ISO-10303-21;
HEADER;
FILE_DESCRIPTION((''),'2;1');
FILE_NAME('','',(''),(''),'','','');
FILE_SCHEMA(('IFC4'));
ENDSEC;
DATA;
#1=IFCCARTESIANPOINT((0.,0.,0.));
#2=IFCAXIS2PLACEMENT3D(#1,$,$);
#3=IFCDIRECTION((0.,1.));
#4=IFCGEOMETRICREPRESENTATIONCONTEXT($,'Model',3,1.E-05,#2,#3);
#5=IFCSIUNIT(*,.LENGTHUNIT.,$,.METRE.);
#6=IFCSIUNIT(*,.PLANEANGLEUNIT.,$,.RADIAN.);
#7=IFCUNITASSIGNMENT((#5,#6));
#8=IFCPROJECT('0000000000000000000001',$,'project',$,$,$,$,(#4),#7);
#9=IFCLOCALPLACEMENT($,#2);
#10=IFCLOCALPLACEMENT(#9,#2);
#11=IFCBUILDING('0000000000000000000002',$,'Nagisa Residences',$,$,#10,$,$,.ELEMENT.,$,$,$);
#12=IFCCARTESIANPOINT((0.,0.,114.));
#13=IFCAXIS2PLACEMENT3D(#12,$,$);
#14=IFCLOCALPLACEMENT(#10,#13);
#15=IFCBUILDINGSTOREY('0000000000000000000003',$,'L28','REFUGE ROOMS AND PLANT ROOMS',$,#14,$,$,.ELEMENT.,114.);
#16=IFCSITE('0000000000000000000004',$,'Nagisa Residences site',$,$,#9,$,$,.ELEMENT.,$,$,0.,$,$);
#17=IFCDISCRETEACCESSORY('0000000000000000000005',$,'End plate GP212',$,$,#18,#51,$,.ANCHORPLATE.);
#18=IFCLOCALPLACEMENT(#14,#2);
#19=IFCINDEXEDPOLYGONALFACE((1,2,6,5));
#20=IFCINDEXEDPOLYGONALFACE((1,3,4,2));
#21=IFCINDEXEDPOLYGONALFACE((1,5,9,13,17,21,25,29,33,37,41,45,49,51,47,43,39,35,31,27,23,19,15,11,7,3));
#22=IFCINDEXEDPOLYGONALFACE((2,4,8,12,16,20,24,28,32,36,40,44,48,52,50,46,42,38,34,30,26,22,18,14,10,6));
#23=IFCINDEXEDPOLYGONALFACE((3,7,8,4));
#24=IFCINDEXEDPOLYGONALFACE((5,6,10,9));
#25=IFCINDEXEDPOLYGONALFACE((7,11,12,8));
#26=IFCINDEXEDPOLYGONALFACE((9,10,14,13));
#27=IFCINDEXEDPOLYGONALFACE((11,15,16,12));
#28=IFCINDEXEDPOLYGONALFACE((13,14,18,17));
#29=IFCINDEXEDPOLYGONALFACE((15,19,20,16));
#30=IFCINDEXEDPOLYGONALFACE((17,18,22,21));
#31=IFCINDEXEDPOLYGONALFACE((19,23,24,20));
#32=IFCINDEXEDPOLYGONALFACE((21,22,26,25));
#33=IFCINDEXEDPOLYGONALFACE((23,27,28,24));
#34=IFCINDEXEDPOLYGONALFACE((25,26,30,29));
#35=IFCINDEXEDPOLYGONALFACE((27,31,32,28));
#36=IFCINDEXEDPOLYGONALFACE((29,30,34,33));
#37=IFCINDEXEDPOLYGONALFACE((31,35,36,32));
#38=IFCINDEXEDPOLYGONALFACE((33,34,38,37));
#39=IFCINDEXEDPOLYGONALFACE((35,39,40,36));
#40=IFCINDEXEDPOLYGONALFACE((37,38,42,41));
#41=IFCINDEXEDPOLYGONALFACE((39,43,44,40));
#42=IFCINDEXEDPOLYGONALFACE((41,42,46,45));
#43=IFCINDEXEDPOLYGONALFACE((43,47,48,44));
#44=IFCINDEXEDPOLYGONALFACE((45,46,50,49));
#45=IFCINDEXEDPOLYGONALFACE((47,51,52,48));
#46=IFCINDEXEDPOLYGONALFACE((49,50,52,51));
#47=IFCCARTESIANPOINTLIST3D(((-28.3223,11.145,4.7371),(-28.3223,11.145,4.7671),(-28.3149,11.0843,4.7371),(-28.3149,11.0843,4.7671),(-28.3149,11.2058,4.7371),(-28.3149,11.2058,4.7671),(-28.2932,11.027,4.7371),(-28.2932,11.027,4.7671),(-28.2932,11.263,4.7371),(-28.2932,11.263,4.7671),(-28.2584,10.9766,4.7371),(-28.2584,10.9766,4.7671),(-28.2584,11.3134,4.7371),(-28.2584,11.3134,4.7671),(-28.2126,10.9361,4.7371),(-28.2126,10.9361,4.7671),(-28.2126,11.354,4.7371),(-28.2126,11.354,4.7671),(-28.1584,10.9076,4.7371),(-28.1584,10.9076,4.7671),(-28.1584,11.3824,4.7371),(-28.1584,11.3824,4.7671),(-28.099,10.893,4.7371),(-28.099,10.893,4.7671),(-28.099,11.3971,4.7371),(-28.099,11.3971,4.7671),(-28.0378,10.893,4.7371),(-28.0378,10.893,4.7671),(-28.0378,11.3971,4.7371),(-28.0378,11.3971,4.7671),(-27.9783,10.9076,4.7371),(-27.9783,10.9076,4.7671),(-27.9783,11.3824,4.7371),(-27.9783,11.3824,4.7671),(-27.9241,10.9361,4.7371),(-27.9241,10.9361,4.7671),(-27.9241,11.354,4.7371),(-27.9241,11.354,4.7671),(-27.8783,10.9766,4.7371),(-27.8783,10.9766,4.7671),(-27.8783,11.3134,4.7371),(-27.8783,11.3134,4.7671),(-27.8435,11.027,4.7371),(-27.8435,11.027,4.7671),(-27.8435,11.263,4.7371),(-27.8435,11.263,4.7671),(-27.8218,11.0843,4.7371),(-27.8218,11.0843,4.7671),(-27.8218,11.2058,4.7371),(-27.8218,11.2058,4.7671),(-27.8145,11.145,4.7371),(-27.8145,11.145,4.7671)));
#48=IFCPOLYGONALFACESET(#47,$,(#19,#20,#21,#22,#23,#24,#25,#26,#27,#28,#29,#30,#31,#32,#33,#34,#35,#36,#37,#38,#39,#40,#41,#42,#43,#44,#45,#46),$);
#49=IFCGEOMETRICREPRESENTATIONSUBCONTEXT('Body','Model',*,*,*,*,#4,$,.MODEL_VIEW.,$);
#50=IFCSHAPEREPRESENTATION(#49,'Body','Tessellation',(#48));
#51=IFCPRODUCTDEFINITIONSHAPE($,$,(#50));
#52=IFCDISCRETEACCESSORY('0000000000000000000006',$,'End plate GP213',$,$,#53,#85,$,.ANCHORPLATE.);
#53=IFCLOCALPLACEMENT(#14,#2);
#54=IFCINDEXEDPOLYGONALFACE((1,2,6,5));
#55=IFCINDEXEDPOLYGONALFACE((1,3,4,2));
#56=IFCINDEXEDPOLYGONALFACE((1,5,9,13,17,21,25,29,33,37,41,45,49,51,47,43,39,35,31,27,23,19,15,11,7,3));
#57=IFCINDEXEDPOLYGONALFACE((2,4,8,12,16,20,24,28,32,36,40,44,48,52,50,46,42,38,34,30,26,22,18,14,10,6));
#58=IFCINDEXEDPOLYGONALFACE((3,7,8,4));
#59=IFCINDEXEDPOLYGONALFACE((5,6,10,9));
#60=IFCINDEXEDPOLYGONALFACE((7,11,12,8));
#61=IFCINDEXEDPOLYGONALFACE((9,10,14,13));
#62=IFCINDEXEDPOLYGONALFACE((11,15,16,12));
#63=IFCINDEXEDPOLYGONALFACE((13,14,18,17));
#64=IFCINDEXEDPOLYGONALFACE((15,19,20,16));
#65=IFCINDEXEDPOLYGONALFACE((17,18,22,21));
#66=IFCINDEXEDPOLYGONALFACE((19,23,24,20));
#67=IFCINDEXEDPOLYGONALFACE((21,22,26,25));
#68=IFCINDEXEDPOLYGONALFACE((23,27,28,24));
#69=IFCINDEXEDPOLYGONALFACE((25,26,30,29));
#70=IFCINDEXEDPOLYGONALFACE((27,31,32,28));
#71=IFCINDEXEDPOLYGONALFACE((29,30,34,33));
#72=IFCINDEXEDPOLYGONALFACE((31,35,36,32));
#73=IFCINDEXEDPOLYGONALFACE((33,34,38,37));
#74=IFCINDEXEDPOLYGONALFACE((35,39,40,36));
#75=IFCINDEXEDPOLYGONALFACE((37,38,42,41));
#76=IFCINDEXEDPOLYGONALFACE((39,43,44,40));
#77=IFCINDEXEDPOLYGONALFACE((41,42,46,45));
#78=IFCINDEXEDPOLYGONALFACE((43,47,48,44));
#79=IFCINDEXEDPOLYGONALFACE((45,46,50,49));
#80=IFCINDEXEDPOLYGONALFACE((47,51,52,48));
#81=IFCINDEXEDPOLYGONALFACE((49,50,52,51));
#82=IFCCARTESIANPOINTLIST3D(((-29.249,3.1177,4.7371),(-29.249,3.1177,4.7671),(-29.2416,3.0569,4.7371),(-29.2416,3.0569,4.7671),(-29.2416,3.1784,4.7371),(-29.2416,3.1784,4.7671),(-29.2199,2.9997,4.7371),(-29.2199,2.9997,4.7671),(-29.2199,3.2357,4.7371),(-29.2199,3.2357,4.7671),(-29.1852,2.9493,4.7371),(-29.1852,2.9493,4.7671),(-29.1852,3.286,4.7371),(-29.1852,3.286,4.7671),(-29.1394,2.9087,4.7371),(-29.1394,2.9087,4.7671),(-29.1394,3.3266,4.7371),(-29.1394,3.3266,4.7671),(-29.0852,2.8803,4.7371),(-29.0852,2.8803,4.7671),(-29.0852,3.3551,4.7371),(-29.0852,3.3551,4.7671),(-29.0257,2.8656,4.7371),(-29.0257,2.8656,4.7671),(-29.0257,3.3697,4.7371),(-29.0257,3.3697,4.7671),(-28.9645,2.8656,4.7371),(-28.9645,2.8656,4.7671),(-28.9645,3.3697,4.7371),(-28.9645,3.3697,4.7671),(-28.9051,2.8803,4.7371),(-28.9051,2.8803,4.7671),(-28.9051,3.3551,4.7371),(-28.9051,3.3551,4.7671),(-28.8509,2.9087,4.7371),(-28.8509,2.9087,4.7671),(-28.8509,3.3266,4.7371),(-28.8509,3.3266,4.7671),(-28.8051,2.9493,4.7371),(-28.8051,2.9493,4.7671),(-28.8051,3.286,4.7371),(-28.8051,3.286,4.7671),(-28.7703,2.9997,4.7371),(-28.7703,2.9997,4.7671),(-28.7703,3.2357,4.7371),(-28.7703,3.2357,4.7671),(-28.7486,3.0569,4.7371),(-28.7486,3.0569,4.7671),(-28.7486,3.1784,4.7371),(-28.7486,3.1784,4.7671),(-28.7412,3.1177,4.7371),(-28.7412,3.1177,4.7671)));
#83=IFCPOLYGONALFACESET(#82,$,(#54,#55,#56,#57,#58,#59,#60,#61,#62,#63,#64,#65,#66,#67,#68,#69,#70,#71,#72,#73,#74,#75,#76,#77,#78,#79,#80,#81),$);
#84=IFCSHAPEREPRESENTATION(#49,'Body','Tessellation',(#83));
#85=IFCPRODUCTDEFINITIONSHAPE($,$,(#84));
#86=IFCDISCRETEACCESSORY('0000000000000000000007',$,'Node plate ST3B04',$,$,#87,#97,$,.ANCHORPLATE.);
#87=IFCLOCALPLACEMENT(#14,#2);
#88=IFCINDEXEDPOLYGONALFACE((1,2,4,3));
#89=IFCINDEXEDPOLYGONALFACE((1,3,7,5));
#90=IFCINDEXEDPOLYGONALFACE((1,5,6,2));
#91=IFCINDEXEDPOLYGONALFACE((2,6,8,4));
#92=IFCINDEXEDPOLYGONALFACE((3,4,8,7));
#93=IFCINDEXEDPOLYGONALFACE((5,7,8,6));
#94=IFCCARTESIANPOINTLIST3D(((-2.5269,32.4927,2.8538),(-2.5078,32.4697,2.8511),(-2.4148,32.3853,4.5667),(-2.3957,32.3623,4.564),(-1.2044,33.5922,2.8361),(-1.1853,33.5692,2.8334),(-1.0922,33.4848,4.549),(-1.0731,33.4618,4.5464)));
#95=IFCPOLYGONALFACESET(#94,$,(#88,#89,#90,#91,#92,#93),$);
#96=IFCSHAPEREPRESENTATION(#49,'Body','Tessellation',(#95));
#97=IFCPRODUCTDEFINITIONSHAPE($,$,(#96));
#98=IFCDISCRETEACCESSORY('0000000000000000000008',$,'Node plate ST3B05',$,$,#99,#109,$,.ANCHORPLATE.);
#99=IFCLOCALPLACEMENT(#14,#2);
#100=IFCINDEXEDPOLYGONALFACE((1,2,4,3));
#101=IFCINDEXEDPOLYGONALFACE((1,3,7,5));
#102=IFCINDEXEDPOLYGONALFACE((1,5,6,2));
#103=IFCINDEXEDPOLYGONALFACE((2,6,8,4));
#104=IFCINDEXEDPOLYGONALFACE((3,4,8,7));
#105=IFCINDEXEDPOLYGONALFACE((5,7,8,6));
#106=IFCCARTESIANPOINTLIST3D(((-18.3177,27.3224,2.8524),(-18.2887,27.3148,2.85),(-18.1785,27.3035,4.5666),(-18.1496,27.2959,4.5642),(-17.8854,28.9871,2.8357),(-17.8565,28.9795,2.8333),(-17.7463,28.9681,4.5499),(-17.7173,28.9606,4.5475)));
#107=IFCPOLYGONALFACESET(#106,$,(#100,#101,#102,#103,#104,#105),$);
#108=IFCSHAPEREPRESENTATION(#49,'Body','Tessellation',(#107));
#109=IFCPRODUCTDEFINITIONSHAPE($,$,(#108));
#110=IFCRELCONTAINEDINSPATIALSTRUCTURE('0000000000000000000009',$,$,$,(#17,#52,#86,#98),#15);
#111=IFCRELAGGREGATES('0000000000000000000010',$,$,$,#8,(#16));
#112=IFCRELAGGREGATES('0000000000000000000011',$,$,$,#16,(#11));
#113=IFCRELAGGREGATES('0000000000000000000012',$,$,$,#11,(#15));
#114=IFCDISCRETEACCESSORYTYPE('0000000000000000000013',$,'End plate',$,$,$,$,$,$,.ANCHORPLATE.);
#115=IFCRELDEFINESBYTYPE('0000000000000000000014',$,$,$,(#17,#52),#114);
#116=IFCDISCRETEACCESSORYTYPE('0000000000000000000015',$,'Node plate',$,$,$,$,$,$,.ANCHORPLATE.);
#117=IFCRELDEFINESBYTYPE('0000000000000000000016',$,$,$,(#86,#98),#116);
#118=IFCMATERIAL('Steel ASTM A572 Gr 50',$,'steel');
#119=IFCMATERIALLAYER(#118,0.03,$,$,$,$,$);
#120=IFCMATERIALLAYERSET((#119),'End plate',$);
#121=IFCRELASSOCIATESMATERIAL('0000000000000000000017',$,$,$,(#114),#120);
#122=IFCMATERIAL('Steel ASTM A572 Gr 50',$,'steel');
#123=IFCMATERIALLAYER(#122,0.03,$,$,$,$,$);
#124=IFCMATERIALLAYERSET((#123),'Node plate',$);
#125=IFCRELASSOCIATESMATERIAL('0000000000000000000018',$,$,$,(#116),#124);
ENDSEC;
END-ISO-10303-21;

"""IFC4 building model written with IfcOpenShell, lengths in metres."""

from ifc_helpers import new_model, si_unit, direction, frame, origin, origin_2d, place, context, subcontext, project, spatial, rectangle, circle, extrude, material, layer, layer_set, type_object, element, save


model = new_model("IFC4")

# Units and contexts
model_context = context("Model", 3, precision=1e-05, world=origin(), true_north=direction((0.0, 1.0)))
body_context = subcontext(model_context, "Body", "Model", "MODEL_VIEW")
ifc_project = project(units=[si_unit("LENGTHUNIT", "METRE"), si_unit("PLANEANGLEUNIT", "RADIAN")], contexts=[model_context])

# Site, building, storey
site_placement = place(None, origin())
site = spatial("IfcSite", under=ifc_project, at=site_placement, Name="Nagisa Residences site", CompositionType="ELEMENT", RefElevation=0.0)
building_placement = place(site_placement, origin())
building = spatial("IfcBuilding", under=site, at=building_placement, Name="Nagisa Residences", CompositionType="ELEMENT")
storey_placement = place(building_placement, frame((0.0, 0.0, 114.0)))
storey = spatial("IfcBuildingStorey", under=building, at=storey_placement, Name="L28", Description="REFUGE ROOMS AND PLANT ROOMS", CompositionType="ELEMENT", Elevation=114.0)

# Discrete accessories
ifc_material_1 = material(Name="Steel ASTM A572 Gr 50", Category="steel")
ifc_layer_1 = layer(ifc_material_1, 0.03)
ifc_layer_set_1 = layer_set([ifc_layer_1], Name="End plate")
discrete_accessory_type_1 = type_object("IfcDiscreteAccessoryType", Name="End plate", PredefinedType="ANCHORPLATE", material=ifc_layer_set_1)
for number, where, z_axis, x_axis, name in (
    (1, (-28.0684, 11.145, 4.7371), (0.0, 0.0, 1.0), (1.0, 0.0, 0.0), "End plate GP212"),
    (2, (-28.9951, 3.1177, 4.7371), (0.0, 0.0, 1.0), (1.0, 0.0, 0.0), "End plate GP213"),
):
    element("IfcDiscreteAccessory", number, at=place(storey_placement, frame(where, z_axis=z_axis, x_axis=x_axis)), inside=storey, type_object=discrete_accessory_type_1, Name=name, PredefinedType="ANCHORPLATE", context=body_context, shape_type="SweptSolid", body=[
        extrude(circle(Radius=0.2539, at=origin_2d()), origin(), (0.0, 0.0, 1.0), 0.03),
    ])
ifc_material_2 = material(Name="Steel ASTM A572 Gr 50", Category="steel")
ifc_layer_2 = layer(ifc_material_2, 0.03)
ifc_layer_set_2 = layer_set([ifc_layer_2], Name="Node plate")
discrete_accessory_type_2 = type_object("IfcDiscreteAccessoryType", Name="Node plate", PredefinedType="ANCHORPLATE", material=ifc_layer_set_2)
for number, where, z_axis, x_axis, name in (
    (3, (-1.8096, 32.9888, 3.7014), (0.635999, -0.76646, -0.089692), (-0.768929, -0.639251, 0.01028), "Node plate ST3B04"),
    (4, (-18.032, 28.1453, 3.7012), (0.96452, -0.251261, -0.081052), (-0.251315, -0.967857, 0.009711), "Node plate ST3B05"),
):
    element("IfcDiscreteAccessory", number, at=place(storey_placement, frame(where, z_axis=z_axis, x_axis=x_axis)), inside=storey, type_object=discrete_accessory_type_2, Name=name, PredefinedType="ANCHORPLATE", context=body_context, shape_type="SweptSolid", body=[
        extrude(rectangle(XDim=1.72, YDim=1.72, at=origin_2d()), origin(), (0.0, 0.0, 1.0), 0.03),
    ])

save(model, "model.ifc")
